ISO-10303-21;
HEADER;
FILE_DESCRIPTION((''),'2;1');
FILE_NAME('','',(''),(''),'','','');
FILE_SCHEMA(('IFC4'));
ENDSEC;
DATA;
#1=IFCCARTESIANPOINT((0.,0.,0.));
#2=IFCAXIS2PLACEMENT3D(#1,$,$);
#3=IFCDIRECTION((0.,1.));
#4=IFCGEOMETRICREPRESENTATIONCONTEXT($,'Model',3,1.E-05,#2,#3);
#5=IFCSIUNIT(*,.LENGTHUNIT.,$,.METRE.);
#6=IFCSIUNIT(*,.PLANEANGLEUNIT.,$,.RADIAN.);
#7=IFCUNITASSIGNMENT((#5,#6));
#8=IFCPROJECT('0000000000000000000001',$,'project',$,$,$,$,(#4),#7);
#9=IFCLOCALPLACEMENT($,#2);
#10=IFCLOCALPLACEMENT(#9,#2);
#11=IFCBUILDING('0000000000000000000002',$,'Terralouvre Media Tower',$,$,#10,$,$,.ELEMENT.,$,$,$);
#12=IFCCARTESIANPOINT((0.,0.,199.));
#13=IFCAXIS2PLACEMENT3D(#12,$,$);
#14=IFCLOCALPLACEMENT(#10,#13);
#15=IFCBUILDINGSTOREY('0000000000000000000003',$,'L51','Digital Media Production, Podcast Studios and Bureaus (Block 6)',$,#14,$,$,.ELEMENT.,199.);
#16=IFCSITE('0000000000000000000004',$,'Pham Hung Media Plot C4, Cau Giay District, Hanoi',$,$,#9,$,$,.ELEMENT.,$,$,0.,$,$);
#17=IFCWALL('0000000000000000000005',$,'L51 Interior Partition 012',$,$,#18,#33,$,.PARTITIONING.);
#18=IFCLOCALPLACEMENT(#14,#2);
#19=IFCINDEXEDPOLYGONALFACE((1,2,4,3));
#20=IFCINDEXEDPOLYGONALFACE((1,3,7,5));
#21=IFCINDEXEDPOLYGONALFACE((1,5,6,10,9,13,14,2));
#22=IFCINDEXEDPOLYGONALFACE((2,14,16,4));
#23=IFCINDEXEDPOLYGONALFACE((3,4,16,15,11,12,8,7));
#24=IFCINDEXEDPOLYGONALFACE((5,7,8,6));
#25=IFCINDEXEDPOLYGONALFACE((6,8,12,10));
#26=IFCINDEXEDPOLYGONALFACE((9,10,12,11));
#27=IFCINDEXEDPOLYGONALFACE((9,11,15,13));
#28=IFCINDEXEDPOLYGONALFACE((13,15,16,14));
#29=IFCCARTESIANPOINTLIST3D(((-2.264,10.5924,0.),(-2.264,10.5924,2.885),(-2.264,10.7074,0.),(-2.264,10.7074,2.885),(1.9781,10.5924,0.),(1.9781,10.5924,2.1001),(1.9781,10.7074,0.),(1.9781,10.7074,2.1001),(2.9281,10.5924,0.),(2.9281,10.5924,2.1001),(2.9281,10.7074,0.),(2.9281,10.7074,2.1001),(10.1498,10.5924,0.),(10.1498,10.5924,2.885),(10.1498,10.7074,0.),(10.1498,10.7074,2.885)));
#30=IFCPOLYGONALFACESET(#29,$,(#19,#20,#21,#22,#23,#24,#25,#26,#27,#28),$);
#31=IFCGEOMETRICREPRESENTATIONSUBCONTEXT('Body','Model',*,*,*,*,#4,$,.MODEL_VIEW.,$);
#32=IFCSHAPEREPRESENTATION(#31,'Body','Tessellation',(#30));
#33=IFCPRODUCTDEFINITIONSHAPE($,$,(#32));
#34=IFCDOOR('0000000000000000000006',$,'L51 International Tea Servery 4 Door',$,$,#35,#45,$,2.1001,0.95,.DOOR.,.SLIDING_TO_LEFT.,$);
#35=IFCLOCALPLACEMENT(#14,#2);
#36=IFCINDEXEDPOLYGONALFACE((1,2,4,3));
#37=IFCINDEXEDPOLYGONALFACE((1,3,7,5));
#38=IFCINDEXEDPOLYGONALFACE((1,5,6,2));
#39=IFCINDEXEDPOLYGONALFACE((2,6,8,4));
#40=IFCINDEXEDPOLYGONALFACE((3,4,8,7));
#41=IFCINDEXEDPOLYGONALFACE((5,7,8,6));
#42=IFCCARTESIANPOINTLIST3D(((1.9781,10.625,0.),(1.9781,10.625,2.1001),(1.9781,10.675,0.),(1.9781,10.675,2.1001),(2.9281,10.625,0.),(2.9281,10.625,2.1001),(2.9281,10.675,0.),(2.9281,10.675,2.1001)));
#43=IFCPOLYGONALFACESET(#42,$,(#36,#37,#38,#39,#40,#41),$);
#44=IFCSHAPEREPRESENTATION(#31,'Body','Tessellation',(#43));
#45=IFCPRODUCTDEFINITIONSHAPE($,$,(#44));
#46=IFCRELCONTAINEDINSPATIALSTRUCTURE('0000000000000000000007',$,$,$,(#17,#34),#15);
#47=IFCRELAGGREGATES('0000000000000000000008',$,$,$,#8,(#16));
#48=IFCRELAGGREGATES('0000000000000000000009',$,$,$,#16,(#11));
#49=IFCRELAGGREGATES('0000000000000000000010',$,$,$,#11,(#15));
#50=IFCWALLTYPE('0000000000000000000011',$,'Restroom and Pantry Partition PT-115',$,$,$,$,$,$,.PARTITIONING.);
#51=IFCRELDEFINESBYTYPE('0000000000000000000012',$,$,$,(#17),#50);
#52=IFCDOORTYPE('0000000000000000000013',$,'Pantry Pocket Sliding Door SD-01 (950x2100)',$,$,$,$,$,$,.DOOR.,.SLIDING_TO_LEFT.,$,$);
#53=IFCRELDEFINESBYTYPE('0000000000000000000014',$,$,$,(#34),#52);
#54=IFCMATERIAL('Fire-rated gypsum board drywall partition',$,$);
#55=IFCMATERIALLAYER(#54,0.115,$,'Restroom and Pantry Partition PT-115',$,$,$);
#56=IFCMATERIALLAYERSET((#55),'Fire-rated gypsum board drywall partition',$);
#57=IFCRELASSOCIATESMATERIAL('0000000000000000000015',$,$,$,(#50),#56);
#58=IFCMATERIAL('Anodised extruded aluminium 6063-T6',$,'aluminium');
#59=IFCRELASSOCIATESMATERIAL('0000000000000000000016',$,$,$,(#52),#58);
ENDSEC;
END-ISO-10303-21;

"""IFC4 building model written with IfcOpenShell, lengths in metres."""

from ifc_helpers import new_model, si_unit, direction, frame, frame_2d, origin, place, context, subcontext, project, spatial, rectangle, extrude, material, layer, layer_set, type_object, element, fill, save


model = new_model("IFC4")

# Units and contexts
model_context = context("Model", 3, precision=1e-05, world=origin(), true_north=direction((0.0, 1.0)))
body_context = subcontext(model_context, "Body", "Model", "MODEL_VIEW")
ifc_project = project(units=[si_unit("LENGTHUNIT", "METRE"), si_unit("PLANEANGLEUNIT", "RADIAN")], contexts=[model_context])

# Site, building, storey
site_placement = place(None, origin())
site = spatial("IfcSite", under=ifc_project, at=site_placement, Name="Pham Hung Media Plot C4, Cau Giay District, Hanoi", CompositionType="ELEMENT", RefElevation=0.0)
building_placement = place(site_placement, origin())
building = spatial("IfcBuilding", under=site, at=building_placement, Name="Terralouvre Media Tower", CompositionType="ELEMENT")
storey_placement = place(building_placement, frame((0.0, 0.0, 199.0)))
storey = spatial("IfcBuildingStorey", under=building, at=storey_placement, Name="L51", Description="Digital Media Production, Podcast Studios and Bureaus (Block 6)", CompositionType="ELEMENT", Elevation=199.0)

# Wall, opening, door
ifc_material_1 = material(Name="Fire-rated gypsum board drywall partition")
ifc_layer_1 = layer(ifc_material_1, 0.115, Name="Restroom and Pantry Partition PT-115")
ifc_layer_set_1 = layer_set([ifc_layer_1], Name="Fire-rated gypsum board drywall partition")
wall_type_1 = type_object("IfcWallType", Name="Restroom and Pantry Partition PT-115", PredefinedType="PARTITIONING", material=ifc_layer_set_1)
wall_1_placement = place(storey_placement, frame((10.1499, 10.6499, 0.0), z_axis=(0.0, 0.0, 1.0), x_axis=(-1.0, 0.0, 0.0)))
wall_1 = element("IfcWall", 1, at=wall_1_placement, inside=storey, type_object=wall_type_1, Name="L51 Interior Partition 012", PredefinedType="PARTITIONING", context=body_context, shape_type="SweptSolid", body=[
    extrude(rectangle(XDim=12.4138, YDim=0.115, at=frame_2d((6.207, 0.0))), origin(), (0.0, 0.0, 1.0), 2.885),
])
opening_1_placement = place(wall_1_placement, frame((7.2217, 0.0, 0.0)))
opening_1 = element("IfcOpeningElement", 2, at=opening_1_placement, cuts=wall_1, PredefinedType="OPENING", context=body_context, shape_type="SweptSolid", body=[
    extrude(rectangle(XDim=0.95, YDim=2.1001, at=frame_2d((0.4751, 1.05))), frame((0.0, 0.0674, 0.0), z_axis=(0.0, -1.0, 0.0), x_axis=(1.0, 0.0, 0.0)), (0.0, 0.0, 1.0), 0.135),
])
ifc_material_2 = material(Name="Anodised extruded aluminium 6063-T6", Category="aluminium")
door_type_1 = type_object("IfcDoorType", Name="Pantry Pocket Sliding Door SD-01 (950x2100)", OperationType="SLIDING_TO_LEFT", PredefinedType="DOOR", material=ifc_material_2)
door_1_placement = place(opening_1_placement, origin())
door_1 = element("IfcDoor", 3, at=door_1_placement, inside=storey, type_object=door_type_1, Name="L51 International Tea Servery 4 Door", OperationType="SLIDING_TO_LEFT", OverallHeight=2.1001, OverallWidth=0.95, PredefinedType="DOOR", context=body_context, shape_type="SweptSolid", body=[
    extrude(rectangle(XDim=0.95, YDim=2.1001, at=frame_2d((0.4751, 1.05))), frame((0.0, 0.0249, 0.0), z_axis=(0.0, -1.0, 0.0), x_axis=(1.0, 0.0, 0.0)), (0.0, 0.0, 1.0), 0.05),
])
fill(opening_1, door_1)

save(model, "model.ifc")
